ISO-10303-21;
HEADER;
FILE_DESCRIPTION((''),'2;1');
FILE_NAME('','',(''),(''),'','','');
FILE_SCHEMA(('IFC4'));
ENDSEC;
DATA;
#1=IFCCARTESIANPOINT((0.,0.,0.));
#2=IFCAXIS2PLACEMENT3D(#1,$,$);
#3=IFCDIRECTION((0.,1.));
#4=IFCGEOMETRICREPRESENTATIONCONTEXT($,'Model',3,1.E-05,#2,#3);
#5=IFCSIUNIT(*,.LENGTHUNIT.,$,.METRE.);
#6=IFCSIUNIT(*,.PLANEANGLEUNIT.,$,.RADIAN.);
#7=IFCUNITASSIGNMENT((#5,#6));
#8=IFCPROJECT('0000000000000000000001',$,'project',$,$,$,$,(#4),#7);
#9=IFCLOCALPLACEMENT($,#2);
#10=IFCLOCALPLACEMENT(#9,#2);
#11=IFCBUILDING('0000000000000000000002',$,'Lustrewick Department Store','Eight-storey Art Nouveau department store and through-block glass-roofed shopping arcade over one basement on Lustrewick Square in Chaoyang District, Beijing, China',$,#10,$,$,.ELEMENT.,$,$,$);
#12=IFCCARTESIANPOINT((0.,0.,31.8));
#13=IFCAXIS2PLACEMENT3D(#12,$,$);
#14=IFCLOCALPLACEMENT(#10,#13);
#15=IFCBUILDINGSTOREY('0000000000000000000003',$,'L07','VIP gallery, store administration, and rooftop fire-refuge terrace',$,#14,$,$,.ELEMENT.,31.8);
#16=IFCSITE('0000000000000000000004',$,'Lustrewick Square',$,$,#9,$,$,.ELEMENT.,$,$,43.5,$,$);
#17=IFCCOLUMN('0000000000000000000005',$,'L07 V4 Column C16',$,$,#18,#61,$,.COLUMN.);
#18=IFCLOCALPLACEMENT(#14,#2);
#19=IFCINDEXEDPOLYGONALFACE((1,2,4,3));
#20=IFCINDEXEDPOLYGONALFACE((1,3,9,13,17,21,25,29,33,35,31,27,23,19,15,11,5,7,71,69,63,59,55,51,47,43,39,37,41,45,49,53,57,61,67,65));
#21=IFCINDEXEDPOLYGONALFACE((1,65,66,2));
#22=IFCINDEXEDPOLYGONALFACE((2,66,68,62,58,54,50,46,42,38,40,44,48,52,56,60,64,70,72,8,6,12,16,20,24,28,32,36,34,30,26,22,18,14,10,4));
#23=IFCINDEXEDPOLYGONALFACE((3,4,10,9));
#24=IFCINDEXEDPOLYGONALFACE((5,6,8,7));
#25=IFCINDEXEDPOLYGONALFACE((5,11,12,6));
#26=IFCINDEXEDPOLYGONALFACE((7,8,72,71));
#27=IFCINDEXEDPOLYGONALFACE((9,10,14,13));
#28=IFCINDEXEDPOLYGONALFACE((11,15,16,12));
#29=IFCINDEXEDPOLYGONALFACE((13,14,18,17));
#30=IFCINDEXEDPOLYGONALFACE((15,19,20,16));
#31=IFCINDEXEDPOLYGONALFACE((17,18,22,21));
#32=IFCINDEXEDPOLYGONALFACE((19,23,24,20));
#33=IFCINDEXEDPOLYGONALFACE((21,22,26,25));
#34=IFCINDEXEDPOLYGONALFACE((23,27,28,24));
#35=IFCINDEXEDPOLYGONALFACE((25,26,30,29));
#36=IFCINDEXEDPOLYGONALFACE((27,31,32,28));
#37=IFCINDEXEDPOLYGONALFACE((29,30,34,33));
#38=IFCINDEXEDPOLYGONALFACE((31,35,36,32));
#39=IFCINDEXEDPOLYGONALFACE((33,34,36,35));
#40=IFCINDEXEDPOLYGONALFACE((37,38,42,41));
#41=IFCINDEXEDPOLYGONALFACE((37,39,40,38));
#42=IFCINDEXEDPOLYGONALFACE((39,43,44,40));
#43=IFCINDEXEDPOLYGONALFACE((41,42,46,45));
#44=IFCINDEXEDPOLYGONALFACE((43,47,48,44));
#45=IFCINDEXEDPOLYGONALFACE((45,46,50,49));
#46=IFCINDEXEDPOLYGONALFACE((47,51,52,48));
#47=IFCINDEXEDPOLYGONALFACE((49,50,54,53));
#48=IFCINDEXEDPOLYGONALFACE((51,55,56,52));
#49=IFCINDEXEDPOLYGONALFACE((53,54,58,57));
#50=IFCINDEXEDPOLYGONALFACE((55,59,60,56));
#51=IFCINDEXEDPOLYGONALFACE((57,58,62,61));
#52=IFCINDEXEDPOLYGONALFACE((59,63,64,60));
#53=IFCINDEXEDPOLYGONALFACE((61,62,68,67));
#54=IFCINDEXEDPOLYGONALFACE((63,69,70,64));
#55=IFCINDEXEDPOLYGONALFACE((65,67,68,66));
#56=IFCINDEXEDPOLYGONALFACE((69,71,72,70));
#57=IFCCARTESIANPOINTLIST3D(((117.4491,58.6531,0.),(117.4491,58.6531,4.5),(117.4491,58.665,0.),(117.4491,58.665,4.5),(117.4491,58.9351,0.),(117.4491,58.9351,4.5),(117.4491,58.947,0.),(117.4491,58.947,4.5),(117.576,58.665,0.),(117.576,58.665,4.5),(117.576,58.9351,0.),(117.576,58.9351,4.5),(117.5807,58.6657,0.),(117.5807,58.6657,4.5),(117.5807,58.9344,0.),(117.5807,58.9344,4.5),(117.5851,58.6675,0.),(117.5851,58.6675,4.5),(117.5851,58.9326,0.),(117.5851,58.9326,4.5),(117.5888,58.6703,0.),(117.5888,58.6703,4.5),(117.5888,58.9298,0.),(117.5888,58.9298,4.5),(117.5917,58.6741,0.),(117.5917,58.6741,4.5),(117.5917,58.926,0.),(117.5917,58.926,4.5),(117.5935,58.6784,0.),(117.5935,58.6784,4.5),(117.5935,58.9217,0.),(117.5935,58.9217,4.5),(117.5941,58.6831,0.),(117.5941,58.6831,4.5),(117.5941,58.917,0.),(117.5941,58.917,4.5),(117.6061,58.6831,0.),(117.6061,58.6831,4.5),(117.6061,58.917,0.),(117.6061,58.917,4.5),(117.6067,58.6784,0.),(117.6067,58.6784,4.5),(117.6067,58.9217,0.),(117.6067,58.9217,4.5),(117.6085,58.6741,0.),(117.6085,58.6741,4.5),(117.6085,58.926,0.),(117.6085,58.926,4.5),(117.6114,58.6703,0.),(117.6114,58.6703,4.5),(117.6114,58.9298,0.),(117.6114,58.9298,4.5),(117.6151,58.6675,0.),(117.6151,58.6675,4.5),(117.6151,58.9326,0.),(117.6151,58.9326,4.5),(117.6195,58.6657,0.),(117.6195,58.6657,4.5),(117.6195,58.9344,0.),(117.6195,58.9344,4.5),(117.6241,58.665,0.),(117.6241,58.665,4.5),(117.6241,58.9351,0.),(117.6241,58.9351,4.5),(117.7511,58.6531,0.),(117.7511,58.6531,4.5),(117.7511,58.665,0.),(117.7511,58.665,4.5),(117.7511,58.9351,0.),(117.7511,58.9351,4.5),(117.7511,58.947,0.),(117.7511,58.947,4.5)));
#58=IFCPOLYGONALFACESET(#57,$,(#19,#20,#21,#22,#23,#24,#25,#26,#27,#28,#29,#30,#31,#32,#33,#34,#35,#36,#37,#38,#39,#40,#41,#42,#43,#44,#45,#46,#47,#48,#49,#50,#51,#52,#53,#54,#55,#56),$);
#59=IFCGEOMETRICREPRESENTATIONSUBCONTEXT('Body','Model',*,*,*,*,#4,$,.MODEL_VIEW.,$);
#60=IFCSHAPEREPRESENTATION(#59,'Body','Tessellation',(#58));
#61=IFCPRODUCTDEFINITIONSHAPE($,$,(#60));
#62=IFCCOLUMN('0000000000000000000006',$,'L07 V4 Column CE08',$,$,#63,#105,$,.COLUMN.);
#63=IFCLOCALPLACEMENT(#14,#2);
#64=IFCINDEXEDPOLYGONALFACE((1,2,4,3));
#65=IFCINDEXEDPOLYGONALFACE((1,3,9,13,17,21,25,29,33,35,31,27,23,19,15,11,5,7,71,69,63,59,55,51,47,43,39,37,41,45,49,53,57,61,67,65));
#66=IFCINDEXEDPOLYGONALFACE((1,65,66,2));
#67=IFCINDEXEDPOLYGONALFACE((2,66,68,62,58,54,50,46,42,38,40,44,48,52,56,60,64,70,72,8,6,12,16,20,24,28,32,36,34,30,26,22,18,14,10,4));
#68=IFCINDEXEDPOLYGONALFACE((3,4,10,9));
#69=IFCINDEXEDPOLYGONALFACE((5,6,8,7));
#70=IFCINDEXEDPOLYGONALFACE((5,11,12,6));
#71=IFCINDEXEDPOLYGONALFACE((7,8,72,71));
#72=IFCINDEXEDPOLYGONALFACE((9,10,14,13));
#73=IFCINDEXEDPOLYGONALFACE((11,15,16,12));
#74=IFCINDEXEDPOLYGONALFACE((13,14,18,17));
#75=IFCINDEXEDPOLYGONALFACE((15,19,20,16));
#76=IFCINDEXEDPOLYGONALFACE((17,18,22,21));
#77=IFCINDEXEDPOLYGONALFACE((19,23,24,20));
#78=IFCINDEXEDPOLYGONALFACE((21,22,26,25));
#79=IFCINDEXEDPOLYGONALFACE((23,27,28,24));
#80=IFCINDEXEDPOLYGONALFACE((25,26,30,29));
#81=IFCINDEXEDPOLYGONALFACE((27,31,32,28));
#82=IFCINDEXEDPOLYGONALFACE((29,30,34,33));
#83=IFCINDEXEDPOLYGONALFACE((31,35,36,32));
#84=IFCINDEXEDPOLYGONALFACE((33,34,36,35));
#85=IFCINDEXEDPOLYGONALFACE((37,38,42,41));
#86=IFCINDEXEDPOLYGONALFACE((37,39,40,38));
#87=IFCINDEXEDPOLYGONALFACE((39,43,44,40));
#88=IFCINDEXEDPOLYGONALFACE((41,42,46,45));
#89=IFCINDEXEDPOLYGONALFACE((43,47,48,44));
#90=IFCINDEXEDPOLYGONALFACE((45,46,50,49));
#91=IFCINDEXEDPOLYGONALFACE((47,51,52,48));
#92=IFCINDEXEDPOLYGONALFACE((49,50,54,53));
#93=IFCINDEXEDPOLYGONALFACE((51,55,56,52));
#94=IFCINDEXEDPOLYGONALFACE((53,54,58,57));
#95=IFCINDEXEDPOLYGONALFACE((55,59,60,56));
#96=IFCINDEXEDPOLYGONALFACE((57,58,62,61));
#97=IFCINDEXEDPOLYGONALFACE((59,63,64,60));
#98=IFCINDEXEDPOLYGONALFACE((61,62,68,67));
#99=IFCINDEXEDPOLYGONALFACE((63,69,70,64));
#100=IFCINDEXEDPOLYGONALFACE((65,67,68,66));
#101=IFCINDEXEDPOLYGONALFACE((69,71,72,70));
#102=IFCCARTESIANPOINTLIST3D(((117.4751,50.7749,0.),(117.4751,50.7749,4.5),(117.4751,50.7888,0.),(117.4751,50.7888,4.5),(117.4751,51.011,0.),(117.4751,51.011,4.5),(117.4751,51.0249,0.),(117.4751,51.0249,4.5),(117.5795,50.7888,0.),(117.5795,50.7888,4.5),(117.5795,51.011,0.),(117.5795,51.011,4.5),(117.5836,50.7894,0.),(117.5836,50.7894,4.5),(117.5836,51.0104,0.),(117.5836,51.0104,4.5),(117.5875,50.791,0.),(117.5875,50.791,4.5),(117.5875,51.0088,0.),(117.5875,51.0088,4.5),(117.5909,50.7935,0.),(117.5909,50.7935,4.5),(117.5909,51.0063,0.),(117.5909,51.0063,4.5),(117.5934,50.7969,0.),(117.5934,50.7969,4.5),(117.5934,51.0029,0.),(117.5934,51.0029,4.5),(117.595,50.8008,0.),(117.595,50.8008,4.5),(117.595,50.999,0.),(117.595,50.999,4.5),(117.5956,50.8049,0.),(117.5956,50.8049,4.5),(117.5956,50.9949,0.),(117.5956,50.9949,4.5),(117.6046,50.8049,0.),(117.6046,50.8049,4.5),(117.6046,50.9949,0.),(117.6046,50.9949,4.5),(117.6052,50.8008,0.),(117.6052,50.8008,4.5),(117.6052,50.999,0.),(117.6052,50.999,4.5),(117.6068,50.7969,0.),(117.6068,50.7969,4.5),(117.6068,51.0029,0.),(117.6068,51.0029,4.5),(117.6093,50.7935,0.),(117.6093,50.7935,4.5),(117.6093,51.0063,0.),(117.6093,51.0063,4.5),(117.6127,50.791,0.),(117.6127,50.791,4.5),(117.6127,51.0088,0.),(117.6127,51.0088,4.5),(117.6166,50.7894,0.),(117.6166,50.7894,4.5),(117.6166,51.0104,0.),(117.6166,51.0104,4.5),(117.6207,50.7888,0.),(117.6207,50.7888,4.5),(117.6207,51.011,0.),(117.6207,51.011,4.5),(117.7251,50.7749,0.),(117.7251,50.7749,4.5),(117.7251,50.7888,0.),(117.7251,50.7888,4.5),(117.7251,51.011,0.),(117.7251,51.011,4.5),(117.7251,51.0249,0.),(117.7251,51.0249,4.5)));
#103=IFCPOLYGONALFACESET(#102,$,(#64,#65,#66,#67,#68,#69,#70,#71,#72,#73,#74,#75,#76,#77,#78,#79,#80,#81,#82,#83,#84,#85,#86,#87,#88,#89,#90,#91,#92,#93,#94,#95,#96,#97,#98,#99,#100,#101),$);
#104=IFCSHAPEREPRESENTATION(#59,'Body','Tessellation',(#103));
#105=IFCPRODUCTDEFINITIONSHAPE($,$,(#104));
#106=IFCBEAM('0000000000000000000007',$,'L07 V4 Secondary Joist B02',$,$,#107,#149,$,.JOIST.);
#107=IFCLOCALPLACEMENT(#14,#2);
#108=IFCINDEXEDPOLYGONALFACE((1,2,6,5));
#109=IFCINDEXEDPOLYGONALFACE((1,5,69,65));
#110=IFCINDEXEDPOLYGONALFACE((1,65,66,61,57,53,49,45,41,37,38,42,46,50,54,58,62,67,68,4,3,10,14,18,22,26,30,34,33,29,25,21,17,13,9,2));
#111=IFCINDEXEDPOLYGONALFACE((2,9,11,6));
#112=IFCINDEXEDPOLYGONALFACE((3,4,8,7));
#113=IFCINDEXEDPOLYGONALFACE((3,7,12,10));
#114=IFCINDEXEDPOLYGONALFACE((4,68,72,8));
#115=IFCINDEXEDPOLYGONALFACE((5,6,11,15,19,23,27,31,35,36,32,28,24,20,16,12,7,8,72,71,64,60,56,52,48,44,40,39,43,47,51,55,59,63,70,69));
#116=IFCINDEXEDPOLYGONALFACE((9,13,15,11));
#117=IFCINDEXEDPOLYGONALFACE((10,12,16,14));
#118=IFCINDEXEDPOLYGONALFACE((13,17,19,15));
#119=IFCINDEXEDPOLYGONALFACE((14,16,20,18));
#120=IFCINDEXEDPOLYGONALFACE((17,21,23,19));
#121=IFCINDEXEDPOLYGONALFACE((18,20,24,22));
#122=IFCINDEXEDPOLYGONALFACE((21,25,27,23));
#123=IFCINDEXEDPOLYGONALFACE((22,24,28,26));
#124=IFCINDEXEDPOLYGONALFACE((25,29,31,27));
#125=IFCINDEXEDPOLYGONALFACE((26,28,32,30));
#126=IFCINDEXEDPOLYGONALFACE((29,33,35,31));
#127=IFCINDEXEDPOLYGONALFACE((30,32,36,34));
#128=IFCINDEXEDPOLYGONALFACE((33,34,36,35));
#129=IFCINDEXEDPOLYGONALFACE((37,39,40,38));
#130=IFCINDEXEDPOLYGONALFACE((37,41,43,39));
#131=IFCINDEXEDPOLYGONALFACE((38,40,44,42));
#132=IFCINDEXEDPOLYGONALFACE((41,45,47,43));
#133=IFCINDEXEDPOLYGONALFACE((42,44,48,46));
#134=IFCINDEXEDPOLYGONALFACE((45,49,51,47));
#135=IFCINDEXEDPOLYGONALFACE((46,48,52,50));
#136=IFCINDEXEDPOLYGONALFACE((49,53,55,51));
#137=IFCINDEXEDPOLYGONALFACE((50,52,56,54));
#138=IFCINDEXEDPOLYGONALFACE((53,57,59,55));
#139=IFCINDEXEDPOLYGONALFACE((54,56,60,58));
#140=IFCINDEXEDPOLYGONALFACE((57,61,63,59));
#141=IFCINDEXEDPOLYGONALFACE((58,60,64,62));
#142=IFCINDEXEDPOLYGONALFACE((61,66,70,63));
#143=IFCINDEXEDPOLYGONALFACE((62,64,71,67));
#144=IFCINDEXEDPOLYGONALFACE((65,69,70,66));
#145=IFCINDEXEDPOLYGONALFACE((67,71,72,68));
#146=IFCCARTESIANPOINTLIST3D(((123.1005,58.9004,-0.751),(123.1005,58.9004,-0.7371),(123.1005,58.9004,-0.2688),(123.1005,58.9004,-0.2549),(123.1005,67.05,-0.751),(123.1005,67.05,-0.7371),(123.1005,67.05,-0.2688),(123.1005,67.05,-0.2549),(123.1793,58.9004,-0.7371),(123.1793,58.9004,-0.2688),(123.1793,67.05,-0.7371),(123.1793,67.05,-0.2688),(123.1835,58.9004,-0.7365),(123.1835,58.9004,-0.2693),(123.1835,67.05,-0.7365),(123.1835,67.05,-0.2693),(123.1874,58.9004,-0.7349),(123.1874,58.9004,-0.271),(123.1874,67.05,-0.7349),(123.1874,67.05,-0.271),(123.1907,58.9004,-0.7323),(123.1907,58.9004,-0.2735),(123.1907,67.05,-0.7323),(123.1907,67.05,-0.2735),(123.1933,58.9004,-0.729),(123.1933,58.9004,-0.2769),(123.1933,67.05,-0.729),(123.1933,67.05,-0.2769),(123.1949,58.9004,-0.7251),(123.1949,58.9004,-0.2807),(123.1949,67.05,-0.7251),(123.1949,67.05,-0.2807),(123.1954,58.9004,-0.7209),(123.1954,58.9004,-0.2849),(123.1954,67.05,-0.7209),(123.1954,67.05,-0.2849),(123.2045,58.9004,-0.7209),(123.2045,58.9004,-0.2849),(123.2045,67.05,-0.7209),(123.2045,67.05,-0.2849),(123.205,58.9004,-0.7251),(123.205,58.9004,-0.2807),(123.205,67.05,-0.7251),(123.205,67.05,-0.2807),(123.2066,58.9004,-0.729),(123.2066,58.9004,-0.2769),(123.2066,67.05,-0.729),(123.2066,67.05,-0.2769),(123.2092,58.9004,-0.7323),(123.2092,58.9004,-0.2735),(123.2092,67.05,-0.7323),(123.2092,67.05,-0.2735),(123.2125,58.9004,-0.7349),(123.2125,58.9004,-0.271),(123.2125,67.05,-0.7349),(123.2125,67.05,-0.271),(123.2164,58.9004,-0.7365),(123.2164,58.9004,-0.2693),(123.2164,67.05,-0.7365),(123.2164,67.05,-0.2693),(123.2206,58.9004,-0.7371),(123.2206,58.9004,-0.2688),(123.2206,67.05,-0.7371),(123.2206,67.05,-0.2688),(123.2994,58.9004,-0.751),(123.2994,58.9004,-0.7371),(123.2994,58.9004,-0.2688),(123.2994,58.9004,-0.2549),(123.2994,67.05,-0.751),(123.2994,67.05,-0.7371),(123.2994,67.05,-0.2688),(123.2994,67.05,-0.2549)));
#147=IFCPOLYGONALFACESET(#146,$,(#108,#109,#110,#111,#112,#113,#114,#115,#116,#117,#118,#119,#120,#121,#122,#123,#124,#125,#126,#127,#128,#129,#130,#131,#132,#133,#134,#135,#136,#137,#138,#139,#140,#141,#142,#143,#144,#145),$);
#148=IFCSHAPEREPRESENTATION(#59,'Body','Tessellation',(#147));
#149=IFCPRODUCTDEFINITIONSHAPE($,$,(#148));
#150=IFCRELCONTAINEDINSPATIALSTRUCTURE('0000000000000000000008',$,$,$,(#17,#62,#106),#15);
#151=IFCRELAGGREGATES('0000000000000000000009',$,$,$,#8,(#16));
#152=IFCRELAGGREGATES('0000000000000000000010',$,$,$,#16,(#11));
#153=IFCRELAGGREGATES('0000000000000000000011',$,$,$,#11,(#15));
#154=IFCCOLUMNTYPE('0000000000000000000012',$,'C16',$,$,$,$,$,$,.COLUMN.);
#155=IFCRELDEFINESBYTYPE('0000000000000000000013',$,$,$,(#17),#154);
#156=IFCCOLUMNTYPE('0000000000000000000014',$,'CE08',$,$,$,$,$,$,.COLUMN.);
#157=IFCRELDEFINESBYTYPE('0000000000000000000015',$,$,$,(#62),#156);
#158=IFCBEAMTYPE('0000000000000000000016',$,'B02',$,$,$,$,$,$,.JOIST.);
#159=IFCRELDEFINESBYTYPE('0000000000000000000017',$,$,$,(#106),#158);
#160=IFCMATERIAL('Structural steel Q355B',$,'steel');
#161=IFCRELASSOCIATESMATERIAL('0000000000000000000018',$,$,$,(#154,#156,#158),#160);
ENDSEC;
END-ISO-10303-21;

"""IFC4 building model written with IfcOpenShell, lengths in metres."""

from ifc_helpers import new_model, si_unit, direction, frame, origin, origin_2d, place, context, subcontext, project, spatial, i_section, extrude, material, material_profile, profile_set, type_object, element, save


model = new_model("IFC4")

# Units and contexts
model_context = context("Model", 3, precision=1e-05, world=origin(), true_north=direction((0.0, 1.0)))
body_context = subcontext(model_context, "Body", "Model", "MODEL_VIEW")
ifc_project = project(units=[si_unit("LENGTHUNIT", "METRE"), si_unit("PLANEANGLEUNIT", "RADIAN")], contexts=[model_context])

# Site, building, storey
site_placement = place(None, origin())
site = spatial("IfcSite", under=ifc_project, at=site_placement, Name="Lustrewick Square", CompositionType="ELEMENT", RefElevation=43.5)
building_placement = place(site_placement, origin())
building = spatial("IfcBuilding", under=site, at=building_placement, Name="Lustrewick Department Store", Description="Eight-storey Art Nouveau department store and through-block glass-roofed shopping arcade over one basement on Lustrewick Square in Chaoyang District, Beijing, China", CompositionType="ELEMENT")
storey_placement = place(building_placement, frame((0.0, 0.0, 31.8)))
storey = spatial("IfcBuildingStorey", under=building, at=storey_placement, Name="L07", Description="VIP gallery, store administration, and rooftop fire-refuge terrace", CompositionType="ELEMENT", Elevation=31.8)

# Columns
ifc_material_1 = material(Name="Structural steel Q355B", Category="steel")
ifc_material_profile_1 = material_profile(ifc_material_1, i_section(OverallWidth=0.302, OverallDepth=0.2939, WebThickness=0.012, FlangeThickness=0.012, FilletRadius=0.0181, at=origin_2d()), Name="HW 294x302x12x12")
ifc_profile_set_1 = profile_set([ifc_material_profile_1], Name="Structural steel Q355B")
column_type_1 = type_object("IfcColumnType", Name="C16", PredefinedType="COLUMN", material=ifc_profile_set_1)
column_1_placement = place(storey_placement, frame((117.6001, 58.8, 0.0), z_axis=(0.0, 0.0, 1.0), x_axis=(1.0, 0.0, 0.0)))
element("IfcColumn", 1, at=column_1_placement, inside=storey, type_object=column_type_1, Name="L07 V4 Column C16", PredefinedType="COLUMN", context=body_context, shape_type="SweptSolid", body=[
    extrude(i_section(OverallWidth=0.302, OverallDepth=0.2939, WebThickness=0.012, FlangeThickness=0.012, FilletRadius=0.0181, at=origin_2d()), origin(), (0.0, 0.0, 1.0), 4.5),
])
ifc_material_profile_2 = material_profile(ifc_material_1, i_section(OverallWidth=0.25, OverallDepth=0.25, WebThickness=0.009, FlangeThickness=0.0139, FilletRadius=0.0161, at=origin_2d()), Name="HW 250x250x9x14")
ifc_profile_set_2 = profile_set([ifc_material_profile_2], Name="Structural steel Q355B")
column_type_2 = type_object("IfcColumnType", Name="CE08", PredefinedType="COLUMN", material=ifc_profile_set_2)
column_2_placement = place(storey_placement, frame((117.6001, 50.8999, 0.0), z_axis=(0.0, 0.0, 1.0), x_axis=(1.0, 0.0, 0.0)))
element("IfcColumn", 2, at=column_2_placement, inside=storey, type_object=column_type_2, Name="L07 V4 Column CE08", PredefinedType="COLUMN", context=body_context, shape_type="SweptSolid", body=[
    extrude(i_section(OverallWidth=0.25, OverallDepth=0.25, WebThickness=0.009, FlangeThickness=0.0139, FilletRadius=0.0161, at=origin_2d()), origin(), (0.0, 0.0, 1.0), 4.5),
])

# Beam
ifc_material_profile_3 = material_profile(ifc_material_1, i_section(OverallWidth=0.199, OverallDepth=0.4961, WebThickness=0.009, FlangeThickness=0.0139, FilletRadius=0.0161, at=origin_2d()), Name="HN 496x199x9x14")
ifc_profile_set_3 = profile_set([ifc_material_profile_3], Name="Structural steel Q355B")
beam_type_1 = type_object("IfcBeamType", Name="B02", PredefinedType="JOIST", material=ifc_profile_set_3)
beam_1_placement = place(storey_placement, frame((123.2, 58.9004, -0.5029), z_axis=(0.0, 1.0, 0.0), x_axis=(-1.0, 0.0, 0.0)))
element("IfcBeam", 3, at=beam_1_placement, inside=storey, type_object=beam_type_1, Name="L07 V4 Secondary Joist B02", PredefinedType="JOIST", context=body_context, shape_type="SweptSolid", body=[
    extrude(i_section(OverallWidth=0.199, OverallDepth=0.4961, WebThickness=0.009, FlangeThickness=0.0139, FilletRadius=0.0161, at=origin_2d()), origin(), (0.0, 0.0, 1.0), 8.1497),
])

save(model, "model.ifc")
